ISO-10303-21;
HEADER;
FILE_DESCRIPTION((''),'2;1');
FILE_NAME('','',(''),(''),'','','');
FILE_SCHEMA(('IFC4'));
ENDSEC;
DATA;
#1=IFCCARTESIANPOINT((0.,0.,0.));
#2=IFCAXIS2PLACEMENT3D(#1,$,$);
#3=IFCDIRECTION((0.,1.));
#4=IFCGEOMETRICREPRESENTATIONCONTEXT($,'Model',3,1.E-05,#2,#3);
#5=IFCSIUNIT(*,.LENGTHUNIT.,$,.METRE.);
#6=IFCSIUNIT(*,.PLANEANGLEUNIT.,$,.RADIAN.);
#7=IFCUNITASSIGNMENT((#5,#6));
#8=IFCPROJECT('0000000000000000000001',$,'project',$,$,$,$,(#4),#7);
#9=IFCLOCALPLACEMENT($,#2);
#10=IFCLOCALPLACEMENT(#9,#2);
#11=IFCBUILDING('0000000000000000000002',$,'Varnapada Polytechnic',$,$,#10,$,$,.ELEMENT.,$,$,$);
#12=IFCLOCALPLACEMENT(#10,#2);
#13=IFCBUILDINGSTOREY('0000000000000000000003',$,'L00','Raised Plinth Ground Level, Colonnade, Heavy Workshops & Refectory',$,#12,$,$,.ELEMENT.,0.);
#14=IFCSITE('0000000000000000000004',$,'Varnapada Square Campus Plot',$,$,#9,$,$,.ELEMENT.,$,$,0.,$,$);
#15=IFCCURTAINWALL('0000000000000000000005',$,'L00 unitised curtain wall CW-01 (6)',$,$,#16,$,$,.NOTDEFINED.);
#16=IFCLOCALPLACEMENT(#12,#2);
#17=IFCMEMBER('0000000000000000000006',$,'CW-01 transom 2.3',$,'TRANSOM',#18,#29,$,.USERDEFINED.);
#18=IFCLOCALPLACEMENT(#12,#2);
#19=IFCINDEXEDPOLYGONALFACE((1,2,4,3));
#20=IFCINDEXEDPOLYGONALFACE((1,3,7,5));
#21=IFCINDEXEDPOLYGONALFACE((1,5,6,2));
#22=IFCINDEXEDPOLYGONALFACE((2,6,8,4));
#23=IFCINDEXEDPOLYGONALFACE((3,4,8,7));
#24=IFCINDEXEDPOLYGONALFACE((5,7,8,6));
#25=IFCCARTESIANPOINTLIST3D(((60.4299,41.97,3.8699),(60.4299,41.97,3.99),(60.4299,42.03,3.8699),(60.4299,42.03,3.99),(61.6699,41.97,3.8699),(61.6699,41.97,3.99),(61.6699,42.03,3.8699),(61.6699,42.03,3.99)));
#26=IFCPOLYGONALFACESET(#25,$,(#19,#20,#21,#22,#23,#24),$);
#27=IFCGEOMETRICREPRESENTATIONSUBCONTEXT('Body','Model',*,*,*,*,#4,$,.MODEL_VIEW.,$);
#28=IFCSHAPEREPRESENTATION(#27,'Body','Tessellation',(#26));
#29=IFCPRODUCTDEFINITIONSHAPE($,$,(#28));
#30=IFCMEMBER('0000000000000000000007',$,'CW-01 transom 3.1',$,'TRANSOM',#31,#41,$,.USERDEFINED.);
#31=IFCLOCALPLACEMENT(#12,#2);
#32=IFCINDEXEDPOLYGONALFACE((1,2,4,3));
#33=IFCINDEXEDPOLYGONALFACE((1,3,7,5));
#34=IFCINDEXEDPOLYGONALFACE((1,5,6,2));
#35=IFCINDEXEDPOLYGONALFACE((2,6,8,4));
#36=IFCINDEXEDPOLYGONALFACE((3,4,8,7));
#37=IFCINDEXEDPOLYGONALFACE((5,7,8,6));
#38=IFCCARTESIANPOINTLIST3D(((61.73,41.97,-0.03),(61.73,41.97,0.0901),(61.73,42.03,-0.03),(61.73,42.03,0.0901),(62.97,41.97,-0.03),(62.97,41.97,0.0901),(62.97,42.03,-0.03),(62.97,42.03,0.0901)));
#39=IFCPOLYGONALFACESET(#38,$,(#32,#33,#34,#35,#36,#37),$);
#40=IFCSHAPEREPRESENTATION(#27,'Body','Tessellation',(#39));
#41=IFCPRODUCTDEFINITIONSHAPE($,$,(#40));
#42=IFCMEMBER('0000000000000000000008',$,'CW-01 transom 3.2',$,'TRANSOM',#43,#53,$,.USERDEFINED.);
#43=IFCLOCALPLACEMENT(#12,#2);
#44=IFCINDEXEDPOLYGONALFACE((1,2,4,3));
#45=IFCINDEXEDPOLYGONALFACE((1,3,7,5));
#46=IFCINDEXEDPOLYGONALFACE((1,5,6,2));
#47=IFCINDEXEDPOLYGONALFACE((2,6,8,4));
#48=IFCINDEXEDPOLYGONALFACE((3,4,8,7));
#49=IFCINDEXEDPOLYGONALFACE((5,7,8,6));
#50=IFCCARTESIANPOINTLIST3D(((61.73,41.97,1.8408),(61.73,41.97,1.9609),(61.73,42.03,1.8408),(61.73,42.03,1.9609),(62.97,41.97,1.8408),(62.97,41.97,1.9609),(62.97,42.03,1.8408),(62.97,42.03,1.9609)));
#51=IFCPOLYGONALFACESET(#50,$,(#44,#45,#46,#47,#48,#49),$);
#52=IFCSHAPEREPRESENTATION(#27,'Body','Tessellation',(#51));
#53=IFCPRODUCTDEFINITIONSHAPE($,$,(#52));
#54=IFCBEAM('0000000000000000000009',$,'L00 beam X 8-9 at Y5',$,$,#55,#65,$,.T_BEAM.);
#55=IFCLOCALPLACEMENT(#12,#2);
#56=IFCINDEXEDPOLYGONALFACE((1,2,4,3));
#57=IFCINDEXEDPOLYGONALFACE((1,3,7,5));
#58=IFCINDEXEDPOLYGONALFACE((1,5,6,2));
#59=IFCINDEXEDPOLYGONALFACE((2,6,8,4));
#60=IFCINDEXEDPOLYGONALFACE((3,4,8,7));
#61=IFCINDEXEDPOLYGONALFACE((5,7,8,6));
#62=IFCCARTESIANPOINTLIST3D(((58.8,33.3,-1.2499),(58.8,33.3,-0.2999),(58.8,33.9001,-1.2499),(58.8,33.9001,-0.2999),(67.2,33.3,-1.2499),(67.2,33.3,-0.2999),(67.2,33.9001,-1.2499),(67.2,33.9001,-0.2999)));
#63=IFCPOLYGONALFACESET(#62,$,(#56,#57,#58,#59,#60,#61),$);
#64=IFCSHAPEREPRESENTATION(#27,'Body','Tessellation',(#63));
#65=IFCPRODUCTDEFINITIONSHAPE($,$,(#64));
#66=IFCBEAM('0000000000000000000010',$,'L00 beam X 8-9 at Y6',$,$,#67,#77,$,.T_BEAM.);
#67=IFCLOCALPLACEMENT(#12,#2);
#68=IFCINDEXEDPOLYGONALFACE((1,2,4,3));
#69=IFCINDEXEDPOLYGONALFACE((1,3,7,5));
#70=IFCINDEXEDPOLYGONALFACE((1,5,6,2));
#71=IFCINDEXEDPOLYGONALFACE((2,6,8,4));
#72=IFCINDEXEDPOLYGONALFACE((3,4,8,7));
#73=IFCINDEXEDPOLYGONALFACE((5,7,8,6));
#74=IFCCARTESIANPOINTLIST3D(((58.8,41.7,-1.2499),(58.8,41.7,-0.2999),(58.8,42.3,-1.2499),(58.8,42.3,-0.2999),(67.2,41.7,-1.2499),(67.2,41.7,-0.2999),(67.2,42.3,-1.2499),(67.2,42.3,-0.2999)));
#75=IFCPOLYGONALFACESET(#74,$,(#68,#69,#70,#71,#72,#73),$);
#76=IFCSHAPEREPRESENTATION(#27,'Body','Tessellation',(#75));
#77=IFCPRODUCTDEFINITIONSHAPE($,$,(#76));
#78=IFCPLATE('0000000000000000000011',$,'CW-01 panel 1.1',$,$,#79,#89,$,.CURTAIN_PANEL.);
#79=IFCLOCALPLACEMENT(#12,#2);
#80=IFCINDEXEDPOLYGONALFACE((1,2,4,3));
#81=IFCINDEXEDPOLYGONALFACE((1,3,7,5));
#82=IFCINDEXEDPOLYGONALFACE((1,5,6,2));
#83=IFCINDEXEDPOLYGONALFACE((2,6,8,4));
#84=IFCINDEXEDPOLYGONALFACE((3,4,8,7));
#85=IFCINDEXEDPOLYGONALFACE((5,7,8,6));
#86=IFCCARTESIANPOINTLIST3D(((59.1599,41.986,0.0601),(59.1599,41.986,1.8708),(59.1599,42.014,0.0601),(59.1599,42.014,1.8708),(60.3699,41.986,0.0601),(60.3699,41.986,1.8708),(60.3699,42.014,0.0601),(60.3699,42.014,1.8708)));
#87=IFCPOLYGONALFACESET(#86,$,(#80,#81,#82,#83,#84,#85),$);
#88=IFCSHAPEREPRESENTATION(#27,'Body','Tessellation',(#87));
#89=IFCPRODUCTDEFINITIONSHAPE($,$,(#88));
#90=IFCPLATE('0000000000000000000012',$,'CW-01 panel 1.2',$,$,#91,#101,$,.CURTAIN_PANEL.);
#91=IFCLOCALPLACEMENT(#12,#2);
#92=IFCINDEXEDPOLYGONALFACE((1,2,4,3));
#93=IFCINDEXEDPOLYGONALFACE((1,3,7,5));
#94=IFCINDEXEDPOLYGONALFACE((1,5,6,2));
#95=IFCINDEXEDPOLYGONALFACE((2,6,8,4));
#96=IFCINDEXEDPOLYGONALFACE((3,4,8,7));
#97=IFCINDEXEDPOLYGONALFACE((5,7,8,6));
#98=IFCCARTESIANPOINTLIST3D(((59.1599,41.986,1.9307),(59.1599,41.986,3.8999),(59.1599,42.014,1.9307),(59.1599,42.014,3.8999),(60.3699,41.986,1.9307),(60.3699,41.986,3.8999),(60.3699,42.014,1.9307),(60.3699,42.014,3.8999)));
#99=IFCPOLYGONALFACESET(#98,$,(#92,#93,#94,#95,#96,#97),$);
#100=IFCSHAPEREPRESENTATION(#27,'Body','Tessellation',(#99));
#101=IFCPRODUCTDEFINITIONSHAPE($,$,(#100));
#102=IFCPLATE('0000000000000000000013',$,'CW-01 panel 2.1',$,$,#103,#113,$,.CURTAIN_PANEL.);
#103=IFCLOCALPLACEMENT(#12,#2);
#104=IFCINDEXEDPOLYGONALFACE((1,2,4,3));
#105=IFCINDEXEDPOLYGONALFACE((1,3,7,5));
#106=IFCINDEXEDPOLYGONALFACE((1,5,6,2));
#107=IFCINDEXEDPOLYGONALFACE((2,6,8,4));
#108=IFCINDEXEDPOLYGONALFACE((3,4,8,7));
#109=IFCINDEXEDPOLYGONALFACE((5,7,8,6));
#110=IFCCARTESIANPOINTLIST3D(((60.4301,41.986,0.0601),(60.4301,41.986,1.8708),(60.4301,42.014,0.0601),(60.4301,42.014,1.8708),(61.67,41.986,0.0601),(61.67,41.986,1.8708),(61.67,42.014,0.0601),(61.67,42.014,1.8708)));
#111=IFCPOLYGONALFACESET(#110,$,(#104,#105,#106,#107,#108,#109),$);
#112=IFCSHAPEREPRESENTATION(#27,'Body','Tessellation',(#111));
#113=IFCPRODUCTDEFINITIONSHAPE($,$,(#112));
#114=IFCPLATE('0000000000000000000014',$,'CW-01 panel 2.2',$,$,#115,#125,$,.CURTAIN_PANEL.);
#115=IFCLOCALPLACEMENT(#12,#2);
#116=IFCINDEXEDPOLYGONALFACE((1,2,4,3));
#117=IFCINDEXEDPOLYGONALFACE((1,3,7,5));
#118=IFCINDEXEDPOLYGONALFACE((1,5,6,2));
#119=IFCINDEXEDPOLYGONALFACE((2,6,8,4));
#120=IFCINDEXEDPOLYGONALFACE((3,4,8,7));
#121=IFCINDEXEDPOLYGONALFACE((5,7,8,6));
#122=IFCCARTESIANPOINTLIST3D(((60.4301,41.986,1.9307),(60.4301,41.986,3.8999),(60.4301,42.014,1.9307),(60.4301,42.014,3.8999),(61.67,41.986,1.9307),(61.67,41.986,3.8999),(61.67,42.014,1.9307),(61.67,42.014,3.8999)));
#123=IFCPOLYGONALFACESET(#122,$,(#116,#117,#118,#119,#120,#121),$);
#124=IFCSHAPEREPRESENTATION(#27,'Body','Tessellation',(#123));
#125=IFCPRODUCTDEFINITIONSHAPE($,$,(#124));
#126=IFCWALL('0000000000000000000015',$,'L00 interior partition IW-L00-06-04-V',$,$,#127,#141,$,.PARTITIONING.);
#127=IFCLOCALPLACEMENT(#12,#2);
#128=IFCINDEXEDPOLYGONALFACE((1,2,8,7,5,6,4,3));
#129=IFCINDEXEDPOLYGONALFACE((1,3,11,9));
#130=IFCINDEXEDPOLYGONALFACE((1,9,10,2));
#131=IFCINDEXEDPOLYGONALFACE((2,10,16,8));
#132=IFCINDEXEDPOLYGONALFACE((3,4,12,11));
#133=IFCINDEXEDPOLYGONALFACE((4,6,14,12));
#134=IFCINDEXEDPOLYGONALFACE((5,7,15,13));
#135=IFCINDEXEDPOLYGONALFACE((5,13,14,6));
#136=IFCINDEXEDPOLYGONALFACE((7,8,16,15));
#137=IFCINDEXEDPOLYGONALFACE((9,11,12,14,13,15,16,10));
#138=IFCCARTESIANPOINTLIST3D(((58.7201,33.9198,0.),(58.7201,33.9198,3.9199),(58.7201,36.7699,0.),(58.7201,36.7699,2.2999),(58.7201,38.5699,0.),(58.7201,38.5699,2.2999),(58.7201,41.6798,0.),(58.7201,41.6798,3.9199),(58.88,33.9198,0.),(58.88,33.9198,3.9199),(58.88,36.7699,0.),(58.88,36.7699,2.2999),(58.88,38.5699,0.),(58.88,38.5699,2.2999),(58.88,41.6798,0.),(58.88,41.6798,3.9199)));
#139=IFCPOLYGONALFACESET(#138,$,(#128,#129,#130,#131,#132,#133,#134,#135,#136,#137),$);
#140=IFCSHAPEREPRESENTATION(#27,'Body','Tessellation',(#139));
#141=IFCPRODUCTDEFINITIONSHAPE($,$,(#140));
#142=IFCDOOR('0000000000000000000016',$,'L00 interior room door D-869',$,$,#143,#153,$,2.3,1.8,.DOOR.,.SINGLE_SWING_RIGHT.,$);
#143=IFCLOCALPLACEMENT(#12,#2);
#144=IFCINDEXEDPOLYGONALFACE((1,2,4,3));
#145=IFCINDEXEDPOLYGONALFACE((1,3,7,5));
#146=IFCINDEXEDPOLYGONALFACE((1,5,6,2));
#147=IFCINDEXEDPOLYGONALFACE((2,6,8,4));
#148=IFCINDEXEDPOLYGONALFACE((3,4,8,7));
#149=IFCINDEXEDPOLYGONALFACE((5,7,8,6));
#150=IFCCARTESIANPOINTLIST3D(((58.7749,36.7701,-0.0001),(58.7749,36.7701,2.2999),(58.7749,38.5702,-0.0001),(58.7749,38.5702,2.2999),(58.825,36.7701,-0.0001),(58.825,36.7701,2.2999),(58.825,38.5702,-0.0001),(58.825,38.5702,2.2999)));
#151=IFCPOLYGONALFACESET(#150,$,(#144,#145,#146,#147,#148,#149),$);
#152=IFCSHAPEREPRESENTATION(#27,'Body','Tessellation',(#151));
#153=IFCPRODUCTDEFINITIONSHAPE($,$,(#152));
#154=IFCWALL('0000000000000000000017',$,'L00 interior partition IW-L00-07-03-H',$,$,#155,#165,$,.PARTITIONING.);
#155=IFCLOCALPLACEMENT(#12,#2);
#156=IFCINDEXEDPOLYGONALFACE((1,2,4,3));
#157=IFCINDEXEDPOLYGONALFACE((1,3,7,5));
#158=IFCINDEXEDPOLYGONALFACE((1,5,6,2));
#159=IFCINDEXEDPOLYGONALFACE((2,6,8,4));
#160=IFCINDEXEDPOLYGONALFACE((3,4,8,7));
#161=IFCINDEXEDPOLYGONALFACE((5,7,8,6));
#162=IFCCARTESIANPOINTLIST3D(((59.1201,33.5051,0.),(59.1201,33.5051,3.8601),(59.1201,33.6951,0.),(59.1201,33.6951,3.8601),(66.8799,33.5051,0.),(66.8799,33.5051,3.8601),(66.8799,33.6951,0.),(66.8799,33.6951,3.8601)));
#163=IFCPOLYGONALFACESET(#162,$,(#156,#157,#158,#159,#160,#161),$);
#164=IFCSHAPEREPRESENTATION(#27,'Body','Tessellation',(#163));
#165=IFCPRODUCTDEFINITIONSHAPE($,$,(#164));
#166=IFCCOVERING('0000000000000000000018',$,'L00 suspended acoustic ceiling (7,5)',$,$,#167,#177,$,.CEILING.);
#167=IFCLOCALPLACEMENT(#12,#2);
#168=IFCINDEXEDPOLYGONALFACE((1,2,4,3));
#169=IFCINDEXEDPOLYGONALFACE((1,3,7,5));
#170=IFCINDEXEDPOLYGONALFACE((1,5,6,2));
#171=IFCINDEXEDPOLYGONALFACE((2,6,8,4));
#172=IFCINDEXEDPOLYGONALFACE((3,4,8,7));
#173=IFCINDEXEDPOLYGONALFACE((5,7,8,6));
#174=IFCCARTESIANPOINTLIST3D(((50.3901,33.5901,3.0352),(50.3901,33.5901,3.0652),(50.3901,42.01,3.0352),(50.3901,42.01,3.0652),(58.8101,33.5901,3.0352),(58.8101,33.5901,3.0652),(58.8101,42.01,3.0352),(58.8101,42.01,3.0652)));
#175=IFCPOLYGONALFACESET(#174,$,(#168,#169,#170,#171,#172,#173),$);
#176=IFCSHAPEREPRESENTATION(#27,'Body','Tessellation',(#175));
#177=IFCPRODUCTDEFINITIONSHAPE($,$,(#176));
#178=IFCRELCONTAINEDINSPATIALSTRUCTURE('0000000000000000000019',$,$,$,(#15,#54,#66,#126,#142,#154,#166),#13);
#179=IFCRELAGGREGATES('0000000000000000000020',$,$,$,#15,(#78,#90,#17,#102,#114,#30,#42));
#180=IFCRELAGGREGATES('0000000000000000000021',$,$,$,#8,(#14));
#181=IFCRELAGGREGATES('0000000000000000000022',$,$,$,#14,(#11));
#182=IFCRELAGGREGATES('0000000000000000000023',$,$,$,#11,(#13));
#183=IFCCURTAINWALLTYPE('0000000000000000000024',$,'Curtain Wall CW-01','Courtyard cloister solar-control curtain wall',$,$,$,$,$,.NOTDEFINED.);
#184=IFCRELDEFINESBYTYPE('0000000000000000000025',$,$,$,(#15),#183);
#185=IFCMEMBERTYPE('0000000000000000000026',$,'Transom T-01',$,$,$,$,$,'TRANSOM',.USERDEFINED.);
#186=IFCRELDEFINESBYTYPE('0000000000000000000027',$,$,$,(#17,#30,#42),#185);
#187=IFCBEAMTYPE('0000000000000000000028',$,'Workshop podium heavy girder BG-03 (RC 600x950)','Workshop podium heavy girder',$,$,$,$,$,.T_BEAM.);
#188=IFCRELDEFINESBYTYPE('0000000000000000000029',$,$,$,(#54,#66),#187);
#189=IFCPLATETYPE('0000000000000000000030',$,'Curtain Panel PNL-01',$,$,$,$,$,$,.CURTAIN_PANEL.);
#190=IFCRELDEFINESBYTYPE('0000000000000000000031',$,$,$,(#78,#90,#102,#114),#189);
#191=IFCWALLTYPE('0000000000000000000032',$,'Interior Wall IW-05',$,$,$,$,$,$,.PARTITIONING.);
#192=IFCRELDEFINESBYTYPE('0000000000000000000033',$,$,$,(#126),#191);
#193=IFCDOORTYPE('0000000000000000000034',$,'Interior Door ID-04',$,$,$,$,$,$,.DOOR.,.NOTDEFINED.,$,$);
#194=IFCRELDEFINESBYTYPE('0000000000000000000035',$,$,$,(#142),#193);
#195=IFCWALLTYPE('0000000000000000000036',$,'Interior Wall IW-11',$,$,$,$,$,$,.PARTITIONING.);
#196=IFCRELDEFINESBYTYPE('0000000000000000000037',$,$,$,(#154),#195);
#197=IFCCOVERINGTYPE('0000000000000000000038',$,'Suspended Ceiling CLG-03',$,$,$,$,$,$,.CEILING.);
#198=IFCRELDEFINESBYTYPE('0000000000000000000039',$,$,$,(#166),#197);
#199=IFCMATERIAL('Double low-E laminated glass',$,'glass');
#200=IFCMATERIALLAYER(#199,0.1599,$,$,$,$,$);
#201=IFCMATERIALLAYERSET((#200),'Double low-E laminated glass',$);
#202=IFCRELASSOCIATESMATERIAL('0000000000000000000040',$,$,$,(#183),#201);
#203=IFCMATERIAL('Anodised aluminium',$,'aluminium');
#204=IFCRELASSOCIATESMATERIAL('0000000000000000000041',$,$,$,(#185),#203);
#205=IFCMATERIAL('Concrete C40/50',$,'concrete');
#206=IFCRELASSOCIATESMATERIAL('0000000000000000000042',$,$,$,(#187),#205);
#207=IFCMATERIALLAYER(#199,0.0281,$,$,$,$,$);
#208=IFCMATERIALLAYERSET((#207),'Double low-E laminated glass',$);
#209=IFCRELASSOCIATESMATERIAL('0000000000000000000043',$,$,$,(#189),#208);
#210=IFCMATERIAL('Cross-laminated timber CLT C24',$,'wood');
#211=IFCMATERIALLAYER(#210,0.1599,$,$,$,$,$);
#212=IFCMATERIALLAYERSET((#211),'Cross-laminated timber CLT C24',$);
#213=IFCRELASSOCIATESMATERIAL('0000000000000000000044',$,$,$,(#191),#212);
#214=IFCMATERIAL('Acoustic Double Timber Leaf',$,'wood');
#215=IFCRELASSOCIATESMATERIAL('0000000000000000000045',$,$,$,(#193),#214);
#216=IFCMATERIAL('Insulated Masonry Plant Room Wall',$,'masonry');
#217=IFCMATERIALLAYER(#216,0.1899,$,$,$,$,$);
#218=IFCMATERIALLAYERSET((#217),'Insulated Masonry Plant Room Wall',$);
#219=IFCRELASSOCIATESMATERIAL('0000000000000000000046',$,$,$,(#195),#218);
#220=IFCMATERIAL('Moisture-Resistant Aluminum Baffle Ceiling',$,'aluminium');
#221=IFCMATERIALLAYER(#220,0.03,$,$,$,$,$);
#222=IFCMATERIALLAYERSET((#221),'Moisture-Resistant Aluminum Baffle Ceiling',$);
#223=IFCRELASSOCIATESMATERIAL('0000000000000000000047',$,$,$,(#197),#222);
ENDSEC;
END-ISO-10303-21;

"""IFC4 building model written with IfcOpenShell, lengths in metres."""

from ifc_helpers import new_model, si_unit, direction, frame, frame_2d, origin, origin_2d, place, context, subcontext, project, spatial, rectangle, extrude, material, layer, layer_set, material_profile, profile_set, type_object, element, fill, aggregate, save


model = new_model("IFC4")

# Units and contexts
model_context = context("Model", 3, precision=1e-05, world=origin(), true_north=direction((0.0, 1.0)))
body_context = subcontext(model_context, "Body", "Model", "MODEL_VIEW")
ifc_project = project(units=[si_unit("LENGTHUNIT", "METRE"), si_unit("PLANEANGLEUNIT", "RADIAN")], contexts=[model_context])

# Site, building, storey
site_placement = place(None, origin())
site = spatial("IfcSite", under=ifc_project, at=site_placement, Name="Varnapada Square Campus Plot", CompositionType="ELEMENT", RefElevation=0.0)
building_placement = place(site_placement, origin())
building = spatial("IfcBuilding", under=site, at=building_placement, Name="Varnapada Polytechnic", CompositionType="ELEMENT")
storey_placement = place(building_placement, origin())
storey = spatial("IfcBuildingStorey", under=building, at=storey_placement, Name="L00", Description="Raised Plinth Ground Level, Colonnade, Heavy Workshops & Refectory", CompositionType="ELEMENT", Elevation=0.0)

# Shared definitions
ifc_material_1 = material(Name="Concrete C40/50", Category="concrete")

# Curtain wall
ifc_material_2 = material(Name="Double low-E laminated glass", Category="glass")
ifc_layer_1 = layer(ifc_material_2, 0.1599)
ifc_layer_set_1 = layer_set([ifc_layer_1], Name="Double low-E laminated glass")
curtain_wall_type = type_object("IfcCurtainWallType", Name="Curtain Wall CW-01", Description="Courtyard cloister solar-control curtain wall", PredefinedType="NOTDEFINED", material=ifc_layer_set_1)
curtain_wall_placement = place(storey_placement, origin())
curtain_wall = element("IfcCurtainWall", 1, at=curtain_wall_placement, inside=storey, type_object=curtain_wall_type, Name="L00 unitised curtain wall CW-01 (6)", PredefinedType="NOTDEFINED")
ifc_material_3 = material(Name="Anodised aluminium", Category="aluminium")

# Members
ifc_material_profile_1 = material_profile(ifc_material_3, rectangle(XDim=0.0601, YDim=0.1201, at=origin_2d()), Name="ALU T60x120")
ifc_profile_set_1 = profile_set([ifc_material_profile_1], Name="Anodised aluminium")
member_type_1 = type_object("IfcMemberType", Name="Transom T-01", ElementType="TRANSOM", PredefinedType="USERDEFINED", material=ifc_profile_set_1)
member_1_placement = place(storey_placement, frame((60.4299, 42.0, 3.9299), z_axis=(1.0, 0.0, 0.0), x_axis=(0.0, 1.0, 0.0)))
member_1 = element("IfcMember", 2, at=member_1_placement, type_object=member_type_1, Name="CW-01 transom 2.3", ObjectType="TRANSOM", PredefinedType="USERDEFINED", context=body_context, shape_type="SweptSolid", body=[
    extrude(rectangle(XDim=0.0601, YDim=0.1201, at=origin_2d()), origin(), (0.0, 0.0, 1.0), 1.24),
])
member_2_placement = place(storey_placement, frame((61.73, 42.0, 0.03), z_axis=(1.0, 0.0, 0.0), x_axis=(0.0, 1.0, 0.0)))
member_2 = element("IfcMember", 3, at=member_2_placement, type_object=member_type_1, Name="CW-01 transom 3.1", ObjectType="TRANSOM", PredefinedType="USERDEFINED", context=body_context, shape_type="SweptSolid", body=[
    extrude(rectangle(XDim=0.0601, YDim=0.1201, at=origin_2d()), origin(), (0.0, 0.0, 1.0), 1.24),
])
member_3_placement = place(storey_placement, frame((61.73, 42.0, 1.9009), z_axis=(1.0, 0.0, 0.0), x_axis=(0.0, 1.0, 0.0)))
member_3 = element("IfcMember", 4, at=member_3_placement, type_object=member_type_1, Name="CW-01 transom 3.2", ObjectType="TRANSOM", PredefinedType="USERDEFINED", context=body_context, shape_type="SweptSolid", body=[
    extrude(rectangle(XDim=0.0601, YDim=0.1201, at=origin_2d()), origin(), (0.0, 0.0, 1.0), 1.24),
])

# Beams
ifc_material_profile_2 = material_profile(ifc_material_1, rectangle(XDim=0.6001, YDim=0.95, at=origin_2d()), Name="RC 600x950")
ifc_profile_set_2 = profile_set([ifc_material_profile_2], Name="Concrete C40/50")
beam_type_1 = type_object("IfcBeamType", Name="Workshop podium heavy girder BG-03 (RC 600x950)", Description="Workshop podium heavy girder", PredefinedType="T_BEAM", material=ifc_profile_set_2)
for number, where, z_axis, x_axis, name in (
    (5, (58.8, 33.6001, -0.7749), (1.0, 0.0, 0.0), (0.0, 1.0, 0.0), "L00 beam X 8-9 at Y5"),
    (6, (58.8, 42.0, -0.7749), (1.0, 0.0, 0.0), (0.0, 1.0, 0.0), "L00 beam X 8-9 at Y6"),
):
    element("IfcBeam", number, at=place(storey_placement, frame(where, z_axis=z_axis, x_axis=x_axis)), inside=storey, type_object=beam_type_1, Name=name, PredefinedType="T_BEAM", context=body_context, shape_type="SweptSolid", body=[
        extrude(rectangle(XDim=0.6001, YDim=0.95, at=origin_2d()), origin(), (0.0, 0.0, 1.0), 8.3999),
    ])

# Plates
ifc_layer_2 = layer(ifc_material_2, 0.0281)
ifc_layer_set_2 = layer_set([ifc_layer_2], Name="Double low-E laminated glass")
plate_type = type_object("IfcPlateType", Name="Curtain Panel PNL-01", PredefinedType="CURTAIN_PANEL", material=ifc_layer_set_2)
plate_1_placement = place(storey_placement, frame((59.7649, 42.0, 0.0601), z_axis=(0.0, 0.0, 1.0), x_axis=(1.0, 0.0, 0.0)))
plate_1 = element("IfcPlate", 7, at=plate_1_placement, type_object=plate_type, Name="CW-01 panel 1.1", PredefinedType="CURTAIN_PANEL", context=body_context, shape_type="SweptSolid", body=[
    extrude(rectangle(XDim=1.21, YDim=0.0281, at=origin_2d()), origin(), (0.0, 0.0, 1.0), 1.8108),
])
plate_2_placement = place(storey_placement, frame((59.7649, 42.0, 1.9307), z_axis=(0.0, 0.0, 1.0), x_axis=(1.0, 0.0, 0.0)))
plate_2 = element("IfcPlate", 8, at=plate_2_placement, type_object=plate_type, Name="CW-01 panel 1.2", PredefinedType="CURTAIN_PANEL", context=body_context, shape_type="SweptSolid", body=[
    extrude(rectangle(XDim=1.21, YDim=0.0281, at=origin_2d()), origin(), (0.0, 0.0, 1.0), 1.9692),
])
plate_3_placement = place(storey_placement, frame((61.05, 42.0, 0.0601), z_axis=(0.0, 0.0, 1.0), x_axis=(1.0, 0.0, 0.0)))
plate_3 = element("IfcPlate", 9, at=plate_3_placement, type_object=plate_type, Name="CW-01 panel 2.1", PredefinedType="CURTAIN_PANEL", context=body_context, shape_type="SweptSolid", body=[
    extrude(rectangle(XDim=1.24, YDim=0.0281, at=origin_2d()), origin(), (0.0, 0.0, 1.0), 1.8108),
])
plate_4_placement = place(storey_placement, frame((61.05, 42.0, 1.9307), z_axis=(0.0, 0.0, 1.0), x_axis=(1.0, 0.0, 0.0)))
plate_4 = element("IfcPlate", 10, at=plate_4_placement, type_object=plate_type, Name="CW-01 panel 2.2", PredefinedType="CURTAIN_PANEL", context=body_context, shape_type="SweptSolid", body=[
    extrude(rectangle(XDim=1.24, YDim=0.0281, at=origin_2d()), origin(), (0.0, 0.0, 1.0), 1.9692),
])
aggregate(curtain_wall, [plate_1, plate_2, member_1, plate_3, plate_4, member_2, member_3])

# Wall, opening, door
ifc_material_4 = material(Name="Cross-laminated timber CLT C24", Category="wood")
ifc_layer_3 = layer(ifc_material_4, 0.1599)
ifc_layer_set_3 = layer_set([ifc_layer_3], Name="Cross-laminated timber CLT C24")
wall_type_1 = type_object("IfcWallType", Name="Interior Wall IW-05", PredefinedType="PARTITIONING", material=ifc_layer_set_3)
wall_1_placement = place(storey_placement, frame((58.8, 33.9199, 0.0), z_axis=(0.0, 0.0, 1.0), x_axis=(0.0, 1.0, 0.0)))
wall_1 = element("IfcWall", 11, at=wall_1_placement, inside=storey, type_object=wall_type_1, Name="L00 interior partition IW-L00-06-04-V", PredefinedType="PARTITIONING", context=body_context, shape_type="SweptSolid", body=[
    extrude(rectangle(XDim=7.76, YDim=0.1599, at=frame_2d((3.8799, 0.0))), origin(), (0.0, 0.0, 1.0), 3.9199),
])
opening_placement = place(wall_1_placement, frame((2.8501, 0.0, 0.0)))
opening = element("IfcOpeningElement", 12, at=opening_placement, cuts=wall_1, PredefinedType="OPENING", context=body_context, shape_type="SweptSolid", body=[
    extrude(rectangle(XDim=1.8, YDim=2.3, at=frame_2d((0.8999, 1.1499))), frame((0.0, 0.0898, 0.0), z_axis=(0.0, -1.0, 0.0), x_axis=(1.0, 0.0, 0.0)), (0.0, 0.0, 1.0), 0.1799),
])
ifc_material_5 = material(Name="Acoustic Double Timber Leaf", Category="wood")
door_type = type_object("IfcDoorType", Name="Interior Door ID-04", OperationType="NOTDEFINED", PredefinedType="DOOR", material=ifc_material_5)
door_placement = place(opening_placement, frame((1.8, 0.0, 0.0), z_axis=(0.0, 0.0, 1.0), x_axis=(-1.0, 0.0, 0.0)))
door = element("IfcDoor", 13, at=door_placement, inside=storey, type_object=door_type, Name="L00 interior room door D-869", OperationType="SINGLE_SWING_RIGHT", OverallHeight=2.3, OverallWidth=1.8, PredefinedType="DOOR", context=body_context, shape_type="SweptSolid", body=[
    extrude(rectangle(XDim=1.8, YDim=2.3, at=frame_2d((0.8999, 1.1499))), frame((0.0, 0.0249, 0.0), z_axis=(0.0, -1.0, 0.0), x_axis=(1.0, 0.0, 0.0)), (0.0, 0.0, 1.0), 0.05),
])
fill(opening, door)

# Wall
ifc_material_6 = material(Name="Insulated Masonry Plant Room Wall", Category="masonry")
ifc_layer_4 = layer(ifc_material_6, 0.1899)
ifc_layer_set_4 = layer_set([ifc_layer_4], Name="Insulated Masonry Plant Room Wall")
wall_type_2 = type_object("IfcWallType", Name="Interior Wall IW-11", PredefinedType="PARTITIONING", material=ifc_layer_set_4)
wall_2_placement = place(storey_placement, frame((59.1201, 33.6001, 0.0), z_axis=(0.0, 0.0, 1.0), x_axis=(1.0, 0.0, 0.0)))
element("IfcWall", 14, at=wall_2_placement, inside=storey, type_object=wall_type_2, Name="L00 interior partition IW-L00-07-03-H", PredefinedType="PARTITIONING", context=body_context, shape_type="SweptSolid", body=[
    extrude(rectangle(XDim=7.7598, YDim=0.1899, at=frame_2d((3.8799, 0.0))), origin(), (0.0, 0.0, 1.0), 3.8601),
])

# Covering
ifc_material_7 = material(Name="Moisture-Resistant Aluminum Baffle Ceiling", Category="aluminium")
ifc_layer_5 = layer(ifc_material_7, 0.03)
ifc_layer_set_5 = layer_set([ifc_layer_5], Name="Moisture-Resistant Aluminum Baffle Ceiling")
covering_type = type_object("IfcCoveringType", Name="Suspended Ceiling CLG-03", PredefinedType="CEILING", material=ifc_layer_set_5)
covering_placement = place(storey_placement, frame((54.6001, 37.8, 3.0352), z_axis=(0.0, 0.0, 1.0), x_axis=(1.0, 0.0, 0.0)))
element("IfcCovering", 15, at=covering_placement, inside=storey, type_object=covering_type, Name="L00 suspended acoustic ceiling (7,5)", PredefinedType="CEILING", context=body_context, shape_type="SweptSolid", body=[
    extrude(rectangle(XDim=8.4199, YDim=8.4199, at=origin_2d()), origin(), (0.0, 0.0, 1.0), 0.03),
])

save(model, "model.ifc")
